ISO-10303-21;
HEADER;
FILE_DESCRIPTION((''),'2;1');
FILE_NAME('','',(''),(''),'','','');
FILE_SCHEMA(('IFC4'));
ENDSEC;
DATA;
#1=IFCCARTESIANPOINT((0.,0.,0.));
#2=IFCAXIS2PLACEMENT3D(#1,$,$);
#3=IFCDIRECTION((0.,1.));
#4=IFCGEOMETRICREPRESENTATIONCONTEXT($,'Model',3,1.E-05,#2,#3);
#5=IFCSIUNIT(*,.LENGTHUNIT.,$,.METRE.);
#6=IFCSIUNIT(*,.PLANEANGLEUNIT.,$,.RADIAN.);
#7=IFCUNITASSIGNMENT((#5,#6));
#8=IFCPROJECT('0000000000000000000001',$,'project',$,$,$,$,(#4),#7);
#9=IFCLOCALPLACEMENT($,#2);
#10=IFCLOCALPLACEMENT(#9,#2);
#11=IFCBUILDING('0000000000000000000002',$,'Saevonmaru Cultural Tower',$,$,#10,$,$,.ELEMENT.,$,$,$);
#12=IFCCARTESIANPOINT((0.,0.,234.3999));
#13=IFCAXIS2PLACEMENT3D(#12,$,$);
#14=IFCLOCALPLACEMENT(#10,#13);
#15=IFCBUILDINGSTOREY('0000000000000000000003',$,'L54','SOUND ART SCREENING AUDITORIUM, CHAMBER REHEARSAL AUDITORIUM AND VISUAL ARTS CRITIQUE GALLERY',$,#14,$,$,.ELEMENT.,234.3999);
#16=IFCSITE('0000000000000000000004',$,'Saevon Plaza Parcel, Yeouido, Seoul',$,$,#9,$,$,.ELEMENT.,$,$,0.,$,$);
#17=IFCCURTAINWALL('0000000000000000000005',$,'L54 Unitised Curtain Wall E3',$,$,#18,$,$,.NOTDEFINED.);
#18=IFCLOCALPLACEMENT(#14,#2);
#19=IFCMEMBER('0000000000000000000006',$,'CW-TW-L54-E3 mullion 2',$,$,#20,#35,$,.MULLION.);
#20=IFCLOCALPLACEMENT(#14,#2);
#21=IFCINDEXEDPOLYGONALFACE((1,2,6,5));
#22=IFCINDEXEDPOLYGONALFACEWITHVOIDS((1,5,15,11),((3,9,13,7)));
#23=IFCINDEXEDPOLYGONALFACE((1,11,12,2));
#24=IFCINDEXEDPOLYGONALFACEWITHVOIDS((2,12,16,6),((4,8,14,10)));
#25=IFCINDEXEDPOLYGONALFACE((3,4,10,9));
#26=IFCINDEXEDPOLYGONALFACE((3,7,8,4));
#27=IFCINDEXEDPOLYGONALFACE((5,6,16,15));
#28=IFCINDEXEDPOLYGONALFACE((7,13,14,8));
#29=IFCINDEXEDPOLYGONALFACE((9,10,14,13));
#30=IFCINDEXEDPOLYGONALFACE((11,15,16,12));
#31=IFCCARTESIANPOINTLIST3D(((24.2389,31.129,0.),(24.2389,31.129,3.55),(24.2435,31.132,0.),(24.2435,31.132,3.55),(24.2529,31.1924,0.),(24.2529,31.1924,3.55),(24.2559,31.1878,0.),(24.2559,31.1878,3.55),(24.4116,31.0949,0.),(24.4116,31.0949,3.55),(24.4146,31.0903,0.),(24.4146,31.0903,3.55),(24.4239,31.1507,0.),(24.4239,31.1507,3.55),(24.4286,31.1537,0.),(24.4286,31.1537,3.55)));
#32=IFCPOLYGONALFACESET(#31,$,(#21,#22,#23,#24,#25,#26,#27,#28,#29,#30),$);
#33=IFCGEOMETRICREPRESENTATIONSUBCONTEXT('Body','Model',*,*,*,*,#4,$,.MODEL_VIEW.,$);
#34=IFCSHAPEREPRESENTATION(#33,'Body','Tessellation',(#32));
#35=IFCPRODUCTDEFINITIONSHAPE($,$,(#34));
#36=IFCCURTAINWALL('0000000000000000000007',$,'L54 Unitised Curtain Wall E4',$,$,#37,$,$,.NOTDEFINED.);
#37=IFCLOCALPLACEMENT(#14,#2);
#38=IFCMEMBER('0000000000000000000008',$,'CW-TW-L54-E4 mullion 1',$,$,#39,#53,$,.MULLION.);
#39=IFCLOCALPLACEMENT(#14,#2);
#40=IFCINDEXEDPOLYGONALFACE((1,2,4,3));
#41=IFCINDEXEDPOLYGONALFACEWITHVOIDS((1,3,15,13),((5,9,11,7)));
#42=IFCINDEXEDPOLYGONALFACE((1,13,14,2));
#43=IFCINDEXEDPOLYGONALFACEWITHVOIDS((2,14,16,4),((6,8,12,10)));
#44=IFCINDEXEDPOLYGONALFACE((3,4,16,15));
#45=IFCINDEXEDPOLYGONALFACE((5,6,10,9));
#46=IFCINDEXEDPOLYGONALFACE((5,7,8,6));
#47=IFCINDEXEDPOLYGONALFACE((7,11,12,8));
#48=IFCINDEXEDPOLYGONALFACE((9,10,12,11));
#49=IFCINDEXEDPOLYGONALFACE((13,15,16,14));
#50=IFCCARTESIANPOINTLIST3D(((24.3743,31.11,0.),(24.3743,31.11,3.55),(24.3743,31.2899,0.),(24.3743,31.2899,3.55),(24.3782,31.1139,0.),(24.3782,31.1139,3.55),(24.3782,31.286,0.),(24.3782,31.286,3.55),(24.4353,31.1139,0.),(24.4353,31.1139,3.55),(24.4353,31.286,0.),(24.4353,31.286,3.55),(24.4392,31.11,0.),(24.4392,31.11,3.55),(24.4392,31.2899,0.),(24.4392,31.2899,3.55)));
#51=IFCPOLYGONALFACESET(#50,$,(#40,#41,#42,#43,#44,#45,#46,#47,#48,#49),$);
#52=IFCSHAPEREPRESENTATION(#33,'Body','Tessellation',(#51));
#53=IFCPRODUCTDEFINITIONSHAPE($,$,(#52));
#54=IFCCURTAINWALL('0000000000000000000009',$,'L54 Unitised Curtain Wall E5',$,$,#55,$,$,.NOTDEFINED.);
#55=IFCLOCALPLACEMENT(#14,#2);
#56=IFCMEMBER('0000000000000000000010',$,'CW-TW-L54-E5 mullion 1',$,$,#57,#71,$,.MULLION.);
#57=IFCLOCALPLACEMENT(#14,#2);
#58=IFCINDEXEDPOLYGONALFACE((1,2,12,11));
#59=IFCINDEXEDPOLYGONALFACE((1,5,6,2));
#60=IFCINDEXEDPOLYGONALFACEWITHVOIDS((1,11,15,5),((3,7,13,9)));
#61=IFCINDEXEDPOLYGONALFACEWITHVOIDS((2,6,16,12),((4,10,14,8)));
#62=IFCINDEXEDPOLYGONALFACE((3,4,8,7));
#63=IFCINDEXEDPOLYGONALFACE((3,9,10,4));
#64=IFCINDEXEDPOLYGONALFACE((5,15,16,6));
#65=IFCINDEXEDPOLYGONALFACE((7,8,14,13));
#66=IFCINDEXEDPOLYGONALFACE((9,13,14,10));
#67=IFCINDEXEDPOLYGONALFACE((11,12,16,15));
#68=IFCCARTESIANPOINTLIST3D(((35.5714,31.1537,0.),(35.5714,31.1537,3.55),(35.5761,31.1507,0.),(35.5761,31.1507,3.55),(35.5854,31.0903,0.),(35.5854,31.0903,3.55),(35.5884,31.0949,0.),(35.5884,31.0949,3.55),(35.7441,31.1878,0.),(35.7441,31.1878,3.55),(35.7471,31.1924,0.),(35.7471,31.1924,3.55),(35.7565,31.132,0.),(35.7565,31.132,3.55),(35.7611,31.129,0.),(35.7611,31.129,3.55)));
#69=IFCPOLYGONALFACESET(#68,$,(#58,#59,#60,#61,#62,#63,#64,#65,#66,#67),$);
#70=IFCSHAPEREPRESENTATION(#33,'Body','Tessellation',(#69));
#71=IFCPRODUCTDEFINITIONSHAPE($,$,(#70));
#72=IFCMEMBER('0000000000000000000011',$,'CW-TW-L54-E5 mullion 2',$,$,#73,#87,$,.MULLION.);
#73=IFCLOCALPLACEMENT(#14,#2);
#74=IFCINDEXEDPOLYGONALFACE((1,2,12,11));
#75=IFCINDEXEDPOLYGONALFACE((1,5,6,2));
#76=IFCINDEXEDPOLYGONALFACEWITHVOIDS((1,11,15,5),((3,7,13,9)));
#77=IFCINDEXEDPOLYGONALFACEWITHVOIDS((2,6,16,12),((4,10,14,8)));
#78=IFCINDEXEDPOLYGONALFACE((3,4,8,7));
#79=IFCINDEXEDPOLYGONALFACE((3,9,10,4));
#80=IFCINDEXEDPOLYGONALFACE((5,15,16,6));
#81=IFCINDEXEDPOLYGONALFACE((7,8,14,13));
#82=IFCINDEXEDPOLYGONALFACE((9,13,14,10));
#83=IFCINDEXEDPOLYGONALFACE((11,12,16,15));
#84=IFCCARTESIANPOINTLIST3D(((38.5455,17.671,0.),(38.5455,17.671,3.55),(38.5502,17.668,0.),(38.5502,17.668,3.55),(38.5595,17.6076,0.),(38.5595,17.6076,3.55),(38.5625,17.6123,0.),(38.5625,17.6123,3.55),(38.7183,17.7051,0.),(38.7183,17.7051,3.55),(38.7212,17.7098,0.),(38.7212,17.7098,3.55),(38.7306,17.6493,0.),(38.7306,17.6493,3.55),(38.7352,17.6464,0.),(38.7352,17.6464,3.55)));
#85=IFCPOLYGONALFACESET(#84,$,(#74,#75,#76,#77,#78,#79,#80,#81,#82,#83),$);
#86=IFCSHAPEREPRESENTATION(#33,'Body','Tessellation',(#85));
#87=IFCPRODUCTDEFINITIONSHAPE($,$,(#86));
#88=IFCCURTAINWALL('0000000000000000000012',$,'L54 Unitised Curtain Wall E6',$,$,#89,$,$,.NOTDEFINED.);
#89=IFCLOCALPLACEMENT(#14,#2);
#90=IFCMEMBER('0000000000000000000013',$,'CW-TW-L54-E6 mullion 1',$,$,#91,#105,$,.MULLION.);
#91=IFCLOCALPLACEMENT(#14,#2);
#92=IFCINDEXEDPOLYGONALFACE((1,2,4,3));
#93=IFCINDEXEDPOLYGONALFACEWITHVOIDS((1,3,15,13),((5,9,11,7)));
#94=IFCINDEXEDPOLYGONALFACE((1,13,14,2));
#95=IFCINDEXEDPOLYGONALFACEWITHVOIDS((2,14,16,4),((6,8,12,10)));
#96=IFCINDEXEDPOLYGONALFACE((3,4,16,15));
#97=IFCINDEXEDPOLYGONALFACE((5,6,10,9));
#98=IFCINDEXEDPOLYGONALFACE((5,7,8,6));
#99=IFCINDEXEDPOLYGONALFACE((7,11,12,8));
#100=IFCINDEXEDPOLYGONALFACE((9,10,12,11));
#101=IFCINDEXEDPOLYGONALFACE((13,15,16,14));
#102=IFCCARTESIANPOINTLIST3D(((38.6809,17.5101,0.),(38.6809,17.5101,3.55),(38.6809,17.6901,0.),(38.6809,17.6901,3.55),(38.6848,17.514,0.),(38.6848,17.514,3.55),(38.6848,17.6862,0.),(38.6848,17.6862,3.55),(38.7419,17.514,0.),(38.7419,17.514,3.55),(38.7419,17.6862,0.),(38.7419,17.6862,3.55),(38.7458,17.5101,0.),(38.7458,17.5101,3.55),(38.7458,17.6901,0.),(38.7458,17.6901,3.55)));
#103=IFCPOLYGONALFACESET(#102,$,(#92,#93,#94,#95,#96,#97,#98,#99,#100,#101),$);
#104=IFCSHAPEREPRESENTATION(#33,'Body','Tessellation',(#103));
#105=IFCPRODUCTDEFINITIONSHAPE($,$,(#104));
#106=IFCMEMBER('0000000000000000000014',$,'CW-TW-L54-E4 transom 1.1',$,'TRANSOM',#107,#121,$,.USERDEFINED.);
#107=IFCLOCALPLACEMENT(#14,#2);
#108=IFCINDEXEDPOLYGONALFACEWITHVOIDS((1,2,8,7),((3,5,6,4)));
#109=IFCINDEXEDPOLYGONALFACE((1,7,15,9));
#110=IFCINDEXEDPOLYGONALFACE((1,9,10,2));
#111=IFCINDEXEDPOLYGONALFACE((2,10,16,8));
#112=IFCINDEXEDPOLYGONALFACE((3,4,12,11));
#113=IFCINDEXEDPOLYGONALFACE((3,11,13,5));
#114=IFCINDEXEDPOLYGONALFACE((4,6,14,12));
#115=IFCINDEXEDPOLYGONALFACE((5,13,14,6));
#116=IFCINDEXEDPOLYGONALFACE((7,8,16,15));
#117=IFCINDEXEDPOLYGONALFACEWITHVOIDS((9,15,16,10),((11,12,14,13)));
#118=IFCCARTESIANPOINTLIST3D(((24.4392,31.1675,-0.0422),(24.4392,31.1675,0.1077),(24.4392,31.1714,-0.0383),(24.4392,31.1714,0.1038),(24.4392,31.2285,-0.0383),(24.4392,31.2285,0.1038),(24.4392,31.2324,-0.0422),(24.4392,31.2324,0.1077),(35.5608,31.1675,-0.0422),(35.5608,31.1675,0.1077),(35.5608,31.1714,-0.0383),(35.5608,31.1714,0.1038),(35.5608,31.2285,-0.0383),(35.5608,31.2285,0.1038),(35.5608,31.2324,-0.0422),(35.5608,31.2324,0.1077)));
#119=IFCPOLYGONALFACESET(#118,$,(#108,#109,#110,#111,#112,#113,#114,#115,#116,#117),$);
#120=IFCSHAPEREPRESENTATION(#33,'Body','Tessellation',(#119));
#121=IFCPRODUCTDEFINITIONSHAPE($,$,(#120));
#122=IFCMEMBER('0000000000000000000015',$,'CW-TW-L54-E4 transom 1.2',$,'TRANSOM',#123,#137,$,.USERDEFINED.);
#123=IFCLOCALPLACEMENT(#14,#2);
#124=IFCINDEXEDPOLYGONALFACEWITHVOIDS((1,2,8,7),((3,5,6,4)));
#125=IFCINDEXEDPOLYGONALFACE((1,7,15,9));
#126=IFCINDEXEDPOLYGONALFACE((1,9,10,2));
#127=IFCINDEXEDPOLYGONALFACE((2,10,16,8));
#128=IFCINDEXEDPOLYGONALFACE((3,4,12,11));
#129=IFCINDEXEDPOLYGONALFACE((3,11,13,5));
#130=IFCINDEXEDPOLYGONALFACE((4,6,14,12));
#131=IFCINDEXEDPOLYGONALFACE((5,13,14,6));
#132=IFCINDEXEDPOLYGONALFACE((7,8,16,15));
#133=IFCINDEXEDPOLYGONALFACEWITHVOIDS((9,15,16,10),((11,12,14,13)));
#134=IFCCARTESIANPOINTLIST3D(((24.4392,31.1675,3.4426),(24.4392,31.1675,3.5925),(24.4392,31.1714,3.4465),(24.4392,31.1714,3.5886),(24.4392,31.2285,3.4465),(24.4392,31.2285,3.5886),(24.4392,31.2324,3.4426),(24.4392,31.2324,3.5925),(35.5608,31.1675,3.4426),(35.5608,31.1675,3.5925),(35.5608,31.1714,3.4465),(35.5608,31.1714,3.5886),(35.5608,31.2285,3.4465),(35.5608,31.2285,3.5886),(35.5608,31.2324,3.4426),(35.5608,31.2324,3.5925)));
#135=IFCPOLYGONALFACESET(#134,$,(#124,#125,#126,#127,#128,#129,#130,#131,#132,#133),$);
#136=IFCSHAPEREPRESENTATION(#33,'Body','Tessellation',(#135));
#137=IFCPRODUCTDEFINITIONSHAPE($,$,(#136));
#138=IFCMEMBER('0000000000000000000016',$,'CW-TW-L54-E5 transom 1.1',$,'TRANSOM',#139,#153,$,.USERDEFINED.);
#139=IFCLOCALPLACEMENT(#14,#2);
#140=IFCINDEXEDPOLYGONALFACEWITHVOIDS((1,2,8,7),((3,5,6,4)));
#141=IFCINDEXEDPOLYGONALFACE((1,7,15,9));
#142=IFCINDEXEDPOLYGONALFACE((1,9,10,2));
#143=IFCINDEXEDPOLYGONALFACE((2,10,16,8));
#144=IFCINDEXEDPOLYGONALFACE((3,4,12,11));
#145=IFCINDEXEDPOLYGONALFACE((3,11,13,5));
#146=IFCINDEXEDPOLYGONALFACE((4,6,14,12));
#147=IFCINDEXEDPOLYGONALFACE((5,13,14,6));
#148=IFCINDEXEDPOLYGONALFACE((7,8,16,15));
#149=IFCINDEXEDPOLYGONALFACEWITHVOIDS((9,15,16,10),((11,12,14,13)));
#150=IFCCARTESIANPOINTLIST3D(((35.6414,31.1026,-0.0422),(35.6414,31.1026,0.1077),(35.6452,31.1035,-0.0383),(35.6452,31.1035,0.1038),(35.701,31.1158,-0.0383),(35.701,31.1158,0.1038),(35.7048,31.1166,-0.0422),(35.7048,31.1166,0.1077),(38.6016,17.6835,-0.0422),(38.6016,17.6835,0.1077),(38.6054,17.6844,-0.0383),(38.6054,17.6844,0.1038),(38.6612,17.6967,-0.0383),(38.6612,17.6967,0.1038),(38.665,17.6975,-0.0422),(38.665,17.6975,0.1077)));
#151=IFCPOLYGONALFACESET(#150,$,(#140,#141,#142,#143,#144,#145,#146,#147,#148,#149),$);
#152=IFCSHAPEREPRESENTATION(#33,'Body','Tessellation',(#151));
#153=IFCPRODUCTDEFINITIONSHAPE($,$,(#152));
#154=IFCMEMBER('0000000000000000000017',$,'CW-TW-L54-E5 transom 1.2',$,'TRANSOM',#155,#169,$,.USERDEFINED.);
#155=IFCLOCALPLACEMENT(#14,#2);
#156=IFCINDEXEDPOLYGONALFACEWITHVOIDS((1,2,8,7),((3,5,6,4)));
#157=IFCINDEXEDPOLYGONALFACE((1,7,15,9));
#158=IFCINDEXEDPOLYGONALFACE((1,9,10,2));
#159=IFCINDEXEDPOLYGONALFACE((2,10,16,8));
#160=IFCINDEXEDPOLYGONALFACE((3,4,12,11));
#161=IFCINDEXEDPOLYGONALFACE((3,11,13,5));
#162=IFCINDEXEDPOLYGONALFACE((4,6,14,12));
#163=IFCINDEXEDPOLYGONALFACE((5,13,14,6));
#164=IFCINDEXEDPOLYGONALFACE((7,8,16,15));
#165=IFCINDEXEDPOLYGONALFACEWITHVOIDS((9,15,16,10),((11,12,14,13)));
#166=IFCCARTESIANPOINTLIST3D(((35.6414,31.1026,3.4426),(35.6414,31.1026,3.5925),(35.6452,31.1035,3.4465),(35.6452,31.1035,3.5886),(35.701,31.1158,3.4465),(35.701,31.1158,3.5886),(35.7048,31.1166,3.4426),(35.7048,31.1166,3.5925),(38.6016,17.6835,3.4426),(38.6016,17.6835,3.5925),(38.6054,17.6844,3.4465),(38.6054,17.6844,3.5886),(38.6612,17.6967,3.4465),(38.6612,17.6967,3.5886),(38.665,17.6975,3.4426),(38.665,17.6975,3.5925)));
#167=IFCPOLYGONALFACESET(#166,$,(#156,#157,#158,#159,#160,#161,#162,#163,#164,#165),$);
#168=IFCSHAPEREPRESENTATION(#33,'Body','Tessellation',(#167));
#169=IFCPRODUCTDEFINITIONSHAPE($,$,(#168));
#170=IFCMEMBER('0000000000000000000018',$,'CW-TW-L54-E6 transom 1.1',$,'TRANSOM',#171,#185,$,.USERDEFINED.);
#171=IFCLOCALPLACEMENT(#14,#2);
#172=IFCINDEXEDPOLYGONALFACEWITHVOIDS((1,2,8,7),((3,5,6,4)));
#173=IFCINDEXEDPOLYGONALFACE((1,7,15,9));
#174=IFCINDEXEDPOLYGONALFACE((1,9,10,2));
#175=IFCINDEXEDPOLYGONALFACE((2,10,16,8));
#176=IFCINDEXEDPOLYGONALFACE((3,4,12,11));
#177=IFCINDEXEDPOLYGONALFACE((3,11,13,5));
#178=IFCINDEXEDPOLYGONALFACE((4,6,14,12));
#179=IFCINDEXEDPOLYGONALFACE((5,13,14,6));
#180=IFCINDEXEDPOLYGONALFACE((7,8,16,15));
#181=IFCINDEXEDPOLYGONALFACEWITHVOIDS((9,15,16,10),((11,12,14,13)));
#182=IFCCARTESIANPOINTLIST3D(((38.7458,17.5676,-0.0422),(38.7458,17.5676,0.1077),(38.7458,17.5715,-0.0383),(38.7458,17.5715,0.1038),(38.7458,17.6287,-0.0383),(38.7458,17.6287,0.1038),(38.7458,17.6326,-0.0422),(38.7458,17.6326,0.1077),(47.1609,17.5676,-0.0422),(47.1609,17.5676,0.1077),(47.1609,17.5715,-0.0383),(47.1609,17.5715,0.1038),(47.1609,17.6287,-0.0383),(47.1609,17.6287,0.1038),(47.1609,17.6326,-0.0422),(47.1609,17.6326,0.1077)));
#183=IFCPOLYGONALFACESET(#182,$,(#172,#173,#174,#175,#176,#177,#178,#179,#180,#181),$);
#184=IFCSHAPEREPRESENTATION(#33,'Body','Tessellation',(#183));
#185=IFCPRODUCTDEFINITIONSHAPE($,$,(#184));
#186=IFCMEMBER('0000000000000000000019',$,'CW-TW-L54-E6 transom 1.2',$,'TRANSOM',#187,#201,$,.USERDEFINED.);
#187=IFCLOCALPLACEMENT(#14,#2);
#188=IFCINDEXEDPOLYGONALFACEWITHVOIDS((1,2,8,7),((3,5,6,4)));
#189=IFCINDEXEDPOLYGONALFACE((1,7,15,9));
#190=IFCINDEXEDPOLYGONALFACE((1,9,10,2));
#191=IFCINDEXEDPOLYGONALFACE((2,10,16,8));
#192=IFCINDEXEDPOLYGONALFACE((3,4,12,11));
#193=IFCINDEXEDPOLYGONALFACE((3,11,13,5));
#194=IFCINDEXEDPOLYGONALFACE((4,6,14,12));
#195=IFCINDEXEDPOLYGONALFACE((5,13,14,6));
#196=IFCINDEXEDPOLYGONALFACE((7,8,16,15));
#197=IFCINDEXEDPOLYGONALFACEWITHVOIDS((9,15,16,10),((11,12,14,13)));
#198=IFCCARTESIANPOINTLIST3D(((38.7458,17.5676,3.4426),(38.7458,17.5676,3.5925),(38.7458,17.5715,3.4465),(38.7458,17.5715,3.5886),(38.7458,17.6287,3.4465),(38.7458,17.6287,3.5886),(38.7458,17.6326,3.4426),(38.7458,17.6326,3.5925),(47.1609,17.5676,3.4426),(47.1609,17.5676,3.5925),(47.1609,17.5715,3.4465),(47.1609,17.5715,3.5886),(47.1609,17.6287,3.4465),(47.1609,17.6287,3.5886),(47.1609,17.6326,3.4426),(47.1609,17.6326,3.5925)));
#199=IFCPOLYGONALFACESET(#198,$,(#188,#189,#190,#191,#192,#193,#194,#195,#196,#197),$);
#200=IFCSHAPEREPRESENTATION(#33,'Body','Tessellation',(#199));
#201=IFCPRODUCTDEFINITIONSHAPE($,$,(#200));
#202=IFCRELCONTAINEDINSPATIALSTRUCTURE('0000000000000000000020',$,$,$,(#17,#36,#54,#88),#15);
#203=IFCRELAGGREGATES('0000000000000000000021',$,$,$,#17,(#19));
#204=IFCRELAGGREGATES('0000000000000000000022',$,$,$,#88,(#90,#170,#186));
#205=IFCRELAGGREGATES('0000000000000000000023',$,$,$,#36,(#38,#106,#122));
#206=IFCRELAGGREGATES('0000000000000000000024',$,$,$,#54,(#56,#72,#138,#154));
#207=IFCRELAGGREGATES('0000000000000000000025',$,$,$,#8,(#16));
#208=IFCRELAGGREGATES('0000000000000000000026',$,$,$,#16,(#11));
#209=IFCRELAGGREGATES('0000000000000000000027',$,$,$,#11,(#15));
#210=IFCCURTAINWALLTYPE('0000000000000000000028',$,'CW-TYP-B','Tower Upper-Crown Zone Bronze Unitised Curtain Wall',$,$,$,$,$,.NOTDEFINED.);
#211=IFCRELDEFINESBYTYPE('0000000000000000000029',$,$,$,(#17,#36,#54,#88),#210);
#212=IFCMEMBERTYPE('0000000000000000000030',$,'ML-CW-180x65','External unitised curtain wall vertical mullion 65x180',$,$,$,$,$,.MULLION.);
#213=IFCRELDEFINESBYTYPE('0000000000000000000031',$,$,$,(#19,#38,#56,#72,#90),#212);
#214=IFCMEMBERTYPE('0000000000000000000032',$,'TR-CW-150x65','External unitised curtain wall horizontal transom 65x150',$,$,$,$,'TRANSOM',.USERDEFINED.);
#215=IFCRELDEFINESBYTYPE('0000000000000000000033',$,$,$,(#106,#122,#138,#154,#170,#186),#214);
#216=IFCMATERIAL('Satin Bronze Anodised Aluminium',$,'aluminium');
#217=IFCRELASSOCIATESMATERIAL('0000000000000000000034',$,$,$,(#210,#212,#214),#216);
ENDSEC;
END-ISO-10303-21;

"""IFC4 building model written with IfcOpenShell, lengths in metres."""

from ifc_helpers import new_model, si_unit, direction, frame, origin, origin_2d, place, context, subcontext, project, spatial, hollow_rectangle, extrude, material, material_profile, profile_set, type_object, element, aggregate, save


model = new_model("IFC4")

# Units and contexts
model_context = context("Model", 3, precision=1e-05, world=origin(), true_north=direction((0.0, 1.0)))
body_context = subcontext(model_context, "Body", "Model", "MODEL_VIEW")
ifc_project = project(units=[si_unit("LENGTHUNIT", "METRE"), si_unit("PLANEANGLEUNIT", "RADIAN")], contexts=[model_context])

# Site, building, storey
site_placement = place(None, origin())
site = spatial("IfcSite", under=ifc_project, at=site_placement, Name="Saevon Plaza Parcel, Yeouido, Seoul", CompositionType="ELEMENT", RefElevation=0.0)
building_placement = place(site_placement, origin())
building = spatial("IfcBuilding", under=site, at=building_placement, Name="Saevonmaru Cultural Tower", CompositionType="ELEMENT")
storey_placement = place(building_placement, frame((0.0, 0.0, 234.3999)))
storey = spatial("IfcBuildingStorey", under=building, at=storey_placement, Name="L54", Description="SOUND ART SCREENING AUDITORIUM, CHAMBER REHEARSAL AUDITORIUM AND VISUAL ARTS CRITIQUE GALLERY", CompositionType="ELEMENT", Elevation=234.3999)

# Curtain walls, members
ifc_material_1 = material(Name="Satin Bronze Anodised Aluminium", Category="aluminium")
curtain_wall_type = type_object("IfcCurtainWallType", Name="CW-TYP-B", Description="Tower Upper-Crown Zone Bronze Unitised Curtain Wall", PredefinedType="NOTDEFINED", material=ifc_material_1)
curtain_wall_1_placement = place(storey_placement, origin())
curtain_wall_1 = element("IfcCurtainWall", 1, at=curtain_wall_1_placement, inside=storey, type_object=curtain_wall_type, Name="L54 Unitised Curtain Wall E3", PredefinedType="NOTDEFINED")
ifc_material_profile_1 = material_profile(ifc_material_1, hollow_rectangle(XDim=0.0649, YDim=0.1799, WallThickness=0.0039, at=origin_2d()), Name="ALU-MULL-180x65x4")
ifc_profile_set_1 = profile_set([ifc_material_profile_1], Name="Satin Bronze Anodised Aluminium")
member_type_1 = type_object("IfcMemberType", Name="ML-CW-180x65", Description="External unitised curtain wall vertical mullion 65x180", PredefinedType="MULLION", material=ifc_profile_set_1)
member_1_placement = place(storey_placement, frame((24.3337, 31.1414, 0.0), z_axis=(0.0, 0.0, 1.0), x_axis=(0.215413, 0.976523, 0.0)))
member_1 = element("IfcMember", 2, at=member_1_placement, type_object=member_type_1, Name="CW-TW-L54-E3 mullion 2", PredefinedType="MULLION", context=body_context, shape_type="SweptSolid", body=[
    extrude(hollow_rectangle(XDim=0.0649, YDim=0.1799, WallThickness=0.0039, at=origin_2d()), origin(), (0.0, 0.0, 1.0), 3.55),
])
aggregate(curtain_wall_1, [member_1])
curtain_wall_2_placement = place(storey_placement, origin())
curtain_wall_2 = element("IfcCurtainWall", 3, at=curtain_wall_2_placement, inside=storey, type_object=curtain_wall_type, Name="L54 Unitised Curtain Wall E4", PredefinedType="NOTDEFINED")
member_2_placement = place(storey_placement, frame((24.4067, 31.2, 0.0), z_axis=(0.0, 0.0, 1.0), x_axis=(1.0, 0.0, 0.0)))
member_2 = element("IfcMember", 4, at=member_2_placement, type_object=member_type_1, Name="CW-TW-L54-E4 mullion 1", PredefinedType="MULLION", context=body_context, shape_type="SweptSolid", body=[
    extrude(hollow_rectangle(XDim=0.0649, YDim=0.1799, WallThickness=0.0039, at=origin_2d()), origin(), (0.0, 0.0, 1.0), 3.55),
])

# Curtain wall, members
curtain_wall_3_placement = place(storey_placement, origin())
curtain_wall_3 = element("IfcCurtainWall", 5, at=curtain_wall_3_placement, inside=storey, type_object=curtain_wall_type, Name="L54 Unitised Curtain Wall E5", PredefinedType="NOTDEFINED")
member_3_placement = place(storey_placement, frame((35.6663, 31.1414, 0.0), z_axis=(0.0, 0.0, 1.0), x_axis=(0.215413, -0.976523, 0.0)))
member_3 = element("IfcMember", 6, at=member_3_placement, type_object=member_type_1, Name="CW-TW-L54-E5 mullion 1", PredefinedType="MULLION", context=body_context, shape_type="SweptSolid", body=[
    extrude(hollow_rectangle(XDim=0.0649, YDim=0.1799, WallThickness=0.0039, at=origin_2d()), origin(), (0.0, 0.0, 1.0), 3.55),
])
member_4_placement = place(storey_placement, frame((38.6404, 17.6587, 0.0), z_axis=(0.0, 0.0, 1.0), x_axis=(0.215413, -0.976523, 0.0)))
member_4 = element("IfcMember", 7, at=member_4_placement, type_object=member_type_1, Name="CW-TW-L54-E5 mullion 2", PredefinedType="MULLION", context=body_context, shape_type="SweptSolid", body=[
    extrude(hollow_rectangle(XDim=0.0649, YDim=0.1799, WallThickness=0.0039, at=origin_2d()), origin(), (0.0, 0.0, 1.0), 3.55),
])

# Curtain wall, member
curtain_wall_4_placement = place(storey_placement, origin())
curtain_wall_4 = element("IfcCurtainWall", 8, at=curtain_wall_4_placement, inside=storey, type_object=curtain_wall_type, Name="L54 Unitised Curtain Wall E6", PredefinedType="NOTDEFINED")
member_5_placement = place(storey_placement, frame((38.7134, 17.6001, 0.0), z_axis=(0.0, 0.0, 1.0), x_axis=(1.0, 0.0, 0.0)))
member_5 = element("IfcMember", 9, at=member_5_placement, type_object=member_type_1, Name="CW-TW-L54-E6 mullion 1", PredefinedType="MULLION", context=body_context, shape_type="SweptSolid", body=[
    extrude(hollow_rectangle(XDim=0.0649, YDim=0.1799, WallThickness=0.0039, at=origin_2d()), origin(), (0.0, 0.0, 1.0), 3.55),
])

# Members
ifc_material_profile_2 = material_profile(ifc_material_1, hollow_rectangle(XDim=0.0649, YDim=0.1499, WallThickness=0.0039, at=origin_2d()), Name="ALU-TRAN-150x65x4")
ifc_profile_set_2 = profile_set([ifc_material_profile_2], Name="Satin Bronze Anodised Aluminium")
member_type_2 = type_object("IfcMemberType", Name="TR-CW-150x65", Description="External unitised curtain wall horizontal transom 65x150", ElementType="TRANSOM", PredefinedType="USERDEFINED", material=ifc_profile_set_2)
member_6_placement = place(storey_placement, frame((24.4392, 31.2, 0.0327), z_axis=(1.0, 0.0, 0.0), x_axis=(0.0, 1.0, 0.0)))
member_6 = element("IfcMember", 10, at=member_6_placement, type_object=member_type_2, Name="CW-TW-L54-E4 transom 1.1", ObjectType="TRANSOM", PredefinedType="USERDEFINED", context=body_context, shape_type="SweptSolid", body=[
    extrude(hollow_rectangle(XDim=0.0649, YDim=0.1499, WallThickness=0.0039, at=origin_2d()), origin(), (0.0, 0.0, 1.0), 11.1216),
])
member_7_placement = place(storey_placement, frame((24.4392, 31.2, 3.5176), z_axis=(1.0, 0.0, 0.0), x_axis=(0.0, 1.0, 0.0)))
member_7 = element("IfcMember", 11, at=member_7_placement, type_object=member_type_2, Name="CW-TW-L54-E4 transom 1.2", ObjectType="TRANSOM", PredefinedType="USERDEFINED", context=body_context, shape_type="SweptSolid", body=[
    extrude(hollow_rectangle(XDim=0.0649, YDim=0.1499, WallThickness=0.0039, at=origin_2d()), origin(), (0.0, 0.0, 1.0), 11.1216),
])
member_8_placement = place(storey_placement, frame((35.6731, 31.1096, 0.0327), z_axis=(0.215416, -0.976522, 0.0), x_axis=(0.976522, 0.215416, 0.0)))
member_8 = element("IfcMember", 12, at=member_8_placement, type_object=member_type_2, Name="CW-TW-L54-E5 transom 1.1", ObjectType="TRANSOM", PredefinedType="USERDEFINED", context=body_context, shape_type="SweptSolid", body=[
    extrude(hollow_rectangle(XDim=0.0649, YDim=0.1499, WallThickness=0.0039, at=origin_2d()), origin(), (0.0, 0.0, 1.0), 13.7417),
])
member_9_placement = place(storey_placement, frame((35.6731, 31.1096, 3.5176), z_axis=(0.215416, -0.976522, 0.0), x_axis=(0.976522, 0.215416, 0.0)))
member_9 = element("IfcMember", 13, at=member_9_placement, type_object=member_type_2, Name="CW-TW-L54-E5 transom 1.2", ObjectType="TRANSOM", PredefinedType="USERDEFINED", context=body_context, shape_type="SweptSolid", body=[
    extrude(hollow_rectangle(XDim=0.0649, YDim=0.1499, WallThickness=0.0039, at=origin_2d()), origin(), (0.0, 0.0, 1.0), 13.7417),
])
member_10_placement = place(storey_placement, frame((38.7458, 17.6001, 0.0327), z_axis=(1.0, 0.0, 0.0), x_axis=(0.0, 1.0, 0.0)))
member_10 = element("IfcMember", 14, at=member_10_placement, type_object=member_type_2, Name="CW-TW-L54-E6 transom 1.1", ObjectType="TRANSOM", PredefinedType="USERDEFINED", context=body_context, shape_type="SweptSolid", body=[
    extrude(hollow_rectangle(XDim=0.0649, YDim=0.1499, WallThickness=0.0039, at=origin_2d()), origin(), (0.0, 0.0, 1.0), 8.415),
])
member_11_placement = place(storey_placement, frame((38.7458, 17.6001, 3.5176), z_axis=(1.0, 0.0, 0.0), x_axis=(0.0, 1.0, 0.0)))
member_11 = element("IfcMember", 15, at=member_11_placement, type_object=member_type_2, Name="CW-TW-L54-E6 transom 1.2", ObjectType="TRANSOM", PredefinedType="USERDEFINED", context=body_context, shape_type="SweptSolid", body=[
    extrude(hollow_rectangle(XDim=0.0649, YDim=0.1499, WallThickness=0.0039, at=origin_2d()), origin(), (0.0, 0.0, 1.0), 8.415),
])
aggregate(curtain_wall_4, [member_5, member_10, member_11])

aggregate(curtain_wall_2, [member_2, member_6, member_7])
aggregate(curtain_wall_3, [member_3, member_4, member_8, member_9])

save(model, "model.ifc")
